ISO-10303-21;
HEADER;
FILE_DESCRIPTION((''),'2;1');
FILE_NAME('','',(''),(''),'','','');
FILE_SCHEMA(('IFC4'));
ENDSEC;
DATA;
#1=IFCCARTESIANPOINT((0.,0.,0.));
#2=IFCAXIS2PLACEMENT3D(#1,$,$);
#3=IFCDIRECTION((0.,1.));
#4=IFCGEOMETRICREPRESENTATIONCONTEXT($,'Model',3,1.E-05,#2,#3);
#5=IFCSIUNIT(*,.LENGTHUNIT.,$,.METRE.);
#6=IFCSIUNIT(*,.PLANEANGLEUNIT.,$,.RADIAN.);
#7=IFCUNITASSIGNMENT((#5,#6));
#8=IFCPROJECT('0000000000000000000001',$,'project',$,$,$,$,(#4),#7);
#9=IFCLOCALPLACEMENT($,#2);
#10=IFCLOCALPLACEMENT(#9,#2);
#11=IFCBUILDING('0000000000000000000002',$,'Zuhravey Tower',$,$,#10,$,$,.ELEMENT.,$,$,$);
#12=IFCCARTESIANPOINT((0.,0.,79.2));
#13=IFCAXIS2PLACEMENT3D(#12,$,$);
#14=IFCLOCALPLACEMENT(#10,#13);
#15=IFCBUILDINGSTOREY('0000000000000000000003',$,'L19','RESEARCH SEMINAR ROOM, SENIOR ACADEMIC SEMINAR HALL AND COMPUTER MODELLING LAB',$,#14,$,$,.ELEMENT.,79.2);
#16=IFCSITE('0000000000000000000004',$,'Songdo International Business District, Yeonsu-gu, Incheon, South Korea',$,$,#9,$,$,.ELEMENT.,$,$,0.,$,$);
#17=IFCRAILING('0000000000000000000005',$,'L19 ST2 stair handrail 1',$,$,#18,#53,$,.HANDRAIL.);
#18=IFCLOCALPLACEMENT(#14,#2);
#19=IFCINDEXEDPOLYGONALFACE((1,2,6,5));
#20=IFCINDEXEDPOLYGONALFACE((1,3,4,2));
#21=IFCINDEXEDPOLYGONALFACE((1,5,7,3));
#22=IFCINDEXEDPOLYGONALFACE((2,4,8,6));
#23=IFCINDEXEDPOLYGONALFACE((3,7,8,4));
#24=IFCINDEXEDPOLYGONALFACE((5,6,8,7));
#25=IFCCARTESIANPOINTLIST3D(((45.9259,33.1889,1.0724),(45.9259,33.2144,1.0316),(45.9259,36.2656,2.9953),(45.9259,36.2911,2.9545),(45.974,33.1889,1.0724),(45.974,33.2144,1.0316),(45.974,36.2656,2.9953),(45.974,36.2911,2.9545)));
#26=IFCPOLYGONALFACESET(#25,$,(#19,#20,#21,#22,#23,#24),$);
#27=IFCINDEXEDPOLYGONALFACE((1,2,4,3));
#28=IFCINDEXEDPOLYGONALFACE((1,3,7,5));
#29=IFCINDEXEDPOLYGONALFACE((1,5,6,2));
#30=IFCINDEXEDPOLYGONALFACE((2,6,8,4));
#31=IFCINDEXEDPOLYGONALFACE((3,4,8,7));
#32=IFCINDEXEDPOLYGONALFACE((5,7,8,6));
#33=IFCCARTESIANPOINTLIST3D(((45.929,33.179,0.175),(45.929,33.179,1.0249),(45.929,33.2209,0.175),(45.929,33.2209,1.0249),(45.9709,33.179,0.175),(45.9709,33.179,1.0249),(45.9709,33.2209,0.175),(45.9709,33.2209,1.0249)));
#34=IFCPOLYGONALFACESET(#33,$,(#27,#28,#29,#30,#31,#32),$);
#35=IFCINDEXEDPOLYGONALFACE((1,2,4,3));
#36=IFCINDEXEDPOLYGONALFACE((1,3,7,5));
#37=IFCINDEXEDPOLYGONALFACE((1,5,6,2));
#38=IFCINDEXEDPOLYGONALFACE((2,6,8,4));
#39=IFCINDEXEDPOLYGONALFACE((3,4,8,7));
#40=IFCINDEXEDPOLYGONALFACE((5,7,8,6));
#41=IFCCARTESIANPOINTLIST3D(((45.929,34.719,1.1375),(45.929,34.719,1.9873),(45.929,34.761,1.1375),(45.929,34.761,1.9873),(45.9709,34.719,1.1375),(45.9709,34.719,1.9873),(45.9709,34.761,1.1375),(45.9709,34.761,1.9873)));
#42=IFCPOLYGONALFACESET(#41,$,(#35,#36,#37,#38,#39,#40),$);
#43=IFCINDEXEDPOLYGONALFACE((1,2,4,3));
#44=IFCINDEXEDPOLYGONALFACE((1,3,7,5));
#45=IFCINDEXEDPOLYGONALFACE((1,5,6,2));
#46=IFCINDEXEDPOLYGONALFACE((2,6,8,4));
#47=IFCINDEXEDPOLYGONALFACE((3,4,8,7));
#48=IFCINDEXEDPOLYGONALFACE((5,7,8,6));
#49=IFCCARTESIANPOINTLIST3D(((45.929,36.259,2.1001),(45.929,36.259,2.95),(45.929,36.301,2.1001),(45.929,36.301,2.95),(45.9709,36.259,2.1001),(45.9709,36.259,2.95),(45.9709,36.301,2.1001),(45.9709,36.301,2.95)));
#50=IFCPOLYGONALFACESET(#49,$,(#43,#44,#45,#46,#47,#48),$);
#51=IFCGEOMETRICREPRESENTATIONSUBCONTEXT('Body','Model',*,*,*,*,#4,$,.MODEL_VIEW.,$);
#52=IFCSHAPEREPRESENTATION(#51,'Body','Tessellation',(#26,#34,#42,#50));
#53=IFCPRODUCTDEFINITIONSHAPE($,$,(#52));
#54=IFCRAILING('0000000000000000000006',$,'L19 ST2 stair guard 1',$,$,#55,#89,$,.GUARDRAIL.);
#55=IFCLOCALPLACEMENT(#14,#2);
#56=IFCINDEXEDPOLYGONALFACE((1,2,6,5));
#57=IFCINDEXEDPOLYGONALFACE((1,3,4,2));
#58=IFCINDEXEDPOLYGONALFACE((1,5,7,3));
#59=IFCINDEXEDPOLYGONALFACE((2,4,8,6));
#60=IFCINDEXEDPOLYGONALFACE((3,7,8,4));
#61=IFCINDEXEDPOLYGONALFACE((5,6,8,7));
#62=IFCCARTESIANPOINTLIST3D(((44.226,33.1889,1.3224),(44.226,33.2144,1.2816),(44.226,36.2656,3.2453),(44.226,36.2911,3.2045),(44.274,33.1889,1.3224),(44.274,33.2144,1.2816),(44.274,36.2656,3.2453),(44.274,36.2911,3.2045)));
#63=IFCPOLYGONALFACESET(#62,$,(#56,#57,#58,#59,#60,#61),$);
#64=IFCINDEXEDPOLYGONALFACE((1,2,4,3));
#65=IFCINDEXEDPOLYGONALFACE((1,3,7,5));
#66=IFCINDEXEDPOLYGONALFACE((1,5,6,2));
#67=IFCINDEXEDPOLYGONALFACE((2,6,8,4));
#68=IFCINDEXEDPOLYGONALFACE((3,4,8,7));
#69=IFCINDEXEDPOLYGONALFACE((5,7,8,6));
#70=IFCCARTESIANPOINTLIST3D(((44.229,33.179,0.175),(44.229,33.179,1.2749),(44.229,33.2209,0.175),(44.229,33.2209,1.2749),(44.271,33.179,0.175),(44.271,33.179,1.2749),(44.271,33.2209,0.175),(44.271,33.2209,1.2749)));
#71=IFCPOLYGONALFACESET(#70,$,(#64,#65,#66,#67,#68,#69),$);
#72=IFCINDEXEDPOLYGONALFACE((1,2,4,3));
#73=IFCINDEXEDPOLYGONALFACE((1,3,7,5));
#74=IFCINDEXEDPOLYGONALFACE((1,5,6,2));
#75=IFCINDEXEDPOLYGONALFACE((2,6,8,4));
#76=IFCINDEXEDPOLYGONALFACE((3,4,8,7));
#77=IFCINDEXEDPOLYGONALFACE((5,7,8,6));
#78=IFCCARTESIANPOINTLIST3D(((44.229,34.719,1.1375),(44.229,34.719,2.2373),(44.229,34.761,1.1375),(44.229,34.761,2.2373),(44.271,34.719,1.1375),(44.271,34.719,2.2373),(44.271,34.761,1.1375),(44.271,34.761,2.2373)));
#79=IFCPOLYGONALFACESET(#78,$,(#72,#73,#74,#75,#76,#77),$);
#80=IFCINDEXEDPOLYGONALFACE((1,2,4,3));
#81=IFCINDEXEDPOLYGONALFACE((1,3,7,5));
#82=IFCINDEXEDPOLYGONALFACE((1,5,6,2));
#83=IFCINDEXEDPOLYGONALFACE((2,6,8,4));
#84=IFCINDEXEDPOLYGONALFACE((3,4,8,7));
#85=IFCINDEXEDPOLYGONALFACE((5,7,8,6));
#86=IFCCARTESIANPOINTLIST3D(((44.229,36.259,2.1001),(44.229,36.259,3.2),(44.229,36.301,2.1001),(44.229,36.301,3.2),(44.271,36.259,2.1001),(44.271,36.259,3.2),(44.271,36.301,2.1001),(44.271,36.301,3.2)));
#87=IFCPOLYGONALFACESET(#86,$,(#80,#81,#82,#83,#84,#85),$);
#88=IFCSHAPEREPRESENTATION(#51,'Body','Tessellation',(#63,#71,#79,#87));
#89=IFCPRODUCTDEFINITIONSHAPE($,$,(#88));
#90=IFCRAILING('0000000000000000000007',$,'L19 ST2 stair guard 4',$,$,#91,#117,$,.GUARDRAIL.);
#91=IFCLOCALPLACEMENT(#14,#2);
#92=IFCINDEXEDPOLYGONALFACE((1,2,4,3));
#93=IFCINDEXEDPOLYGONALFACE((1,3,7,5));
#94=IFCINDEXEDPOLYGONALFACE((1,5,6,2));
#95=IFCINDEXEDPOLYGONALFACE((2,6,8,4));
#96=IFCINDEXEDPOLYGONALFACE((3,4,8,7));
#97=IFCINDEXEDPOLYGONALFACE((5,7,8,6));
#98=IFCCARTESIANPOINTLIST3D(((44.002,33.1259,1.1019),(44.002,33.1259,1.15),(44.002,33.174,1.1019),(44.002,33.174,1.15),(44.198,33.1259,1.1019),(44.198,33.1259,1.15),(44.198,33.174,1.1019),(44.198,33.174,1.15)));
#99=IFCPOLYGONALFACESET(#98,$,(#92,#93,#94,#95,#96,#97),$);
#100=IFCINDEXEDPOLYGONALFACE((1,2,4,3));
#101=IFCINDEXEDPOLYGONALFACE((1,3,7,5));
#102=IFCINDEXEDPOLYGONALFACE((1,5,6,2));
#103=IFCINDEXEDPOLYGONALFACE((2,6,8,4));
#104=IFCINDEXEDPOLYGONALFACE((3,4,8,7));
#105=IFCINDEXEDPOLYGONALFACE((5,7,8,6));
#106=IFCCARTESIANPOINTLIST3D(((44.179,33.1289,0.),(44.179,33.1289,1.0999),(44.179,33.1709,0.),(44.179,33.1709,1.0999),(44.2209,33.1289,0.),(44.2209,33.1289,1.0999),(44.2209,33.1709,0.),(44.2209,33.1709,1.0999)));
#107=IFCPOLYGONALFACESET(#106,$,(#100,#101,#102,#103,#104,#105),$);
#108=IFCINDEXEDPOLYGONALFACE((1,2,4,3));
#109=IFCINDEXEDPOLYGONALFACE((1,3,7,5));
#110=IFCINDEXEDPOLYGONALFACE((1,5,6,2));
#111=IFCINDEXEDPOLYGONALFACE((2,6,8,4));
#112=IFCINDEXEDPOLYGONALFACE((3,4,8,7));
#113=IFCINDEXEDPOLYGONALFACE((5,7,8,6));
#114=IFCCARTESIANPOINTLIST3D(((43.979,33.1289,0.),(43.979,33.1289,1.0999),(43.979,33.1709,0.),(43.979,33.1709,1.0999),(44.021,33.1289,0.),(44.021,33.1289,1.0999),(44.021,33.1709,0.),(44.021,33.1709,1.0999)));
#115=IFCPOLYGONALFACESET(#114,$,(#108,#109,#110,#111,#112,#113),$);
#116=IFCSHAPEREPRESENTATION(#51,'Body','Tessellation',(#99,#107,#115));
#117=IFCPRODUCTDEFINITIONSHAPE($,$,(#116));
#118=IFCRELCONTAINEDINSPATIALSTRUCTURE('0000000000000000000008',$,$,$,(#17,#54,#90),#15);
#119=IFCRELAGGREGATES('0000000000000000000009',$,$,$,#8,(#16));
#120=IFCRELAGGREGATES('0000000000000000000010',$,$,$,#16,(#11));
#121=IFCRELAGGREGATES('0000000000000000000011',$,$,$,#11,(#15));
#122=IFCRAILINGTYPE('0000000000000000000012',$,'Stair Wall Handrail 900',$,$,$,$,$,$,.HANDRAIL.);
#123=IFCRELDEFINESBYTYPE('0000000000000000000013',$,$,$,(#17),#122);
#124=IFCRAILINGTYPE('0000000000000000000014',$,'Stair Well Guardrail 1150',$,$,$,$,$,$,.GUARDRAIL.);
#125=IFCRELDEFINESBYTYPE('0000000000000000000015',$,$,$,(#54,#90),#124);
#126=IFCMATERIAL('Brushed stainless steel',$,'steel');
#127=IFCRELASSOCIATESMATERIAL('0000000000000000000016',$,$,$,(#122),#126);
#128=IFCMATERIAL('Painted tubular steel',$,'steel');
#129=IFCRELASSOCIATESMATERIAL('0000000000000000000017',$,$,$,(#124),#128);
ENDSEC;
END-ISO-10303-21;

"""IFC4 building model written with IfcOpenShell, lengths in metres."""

from ifc_helpers import new_model, si_unit, direction, frame, origin, origin_2d, place, context, subcontext, project, spatial, rectangle, extrude, material, type_object, element, save


model = new_model("IFC4")

# Units and contexts
model_context = context("Model", 3, precision=1e-05, world=origin(), true_north=direction((0.0, 1.0)))
body_context = subcontext(model_context, "Body", "Model", "MODEL_VIEW")
ifc_project = project(units=[si_unit("LENGTHUNIT", "METRE"), si_unit("PLANEANGLEUNIT", "RADIAN")], contexts=[model_context])

# Site, building, storey
site_placement = place(None, origin())
site = spatial("IfcSite", under=ifc_project, at=site_placement, Name="Songdo International Business District, Yeonsu-gu, Incheon, South Korea", CompositionType="ELEMENT", RefElevation=0.0)
building_placement = place(site_placement, origin())
building = spatial("IfcBuilding", under=site, at=building_placement, Name="Zuhravey Tower", CompositionType="ELEMENT")
storey_placement = place(building_placement, frame((0.0, 0.0, 79.2)))
storey = spatial("IfcBuildingStorey", under=building, at=storey_placement, Name="L19", Description="RESEARCH SEMINAR ROOM, SENIOR ACADEMIC SEMINAR HALL AND COMPUTER MODELLING LAB", CompositionType="ELEMENT", Elevation=79.2)

# Shared definitions
ifc_material_1 = material(Name="Brushed stainless steel", Category="steel")

# Railings
railing_type_1 = type_object("IfcRailingType", Name="Stair Wall Handrail 900", PredefinedType="HANDRAIL", material=ifc_material_1)
railing_1_placement = place(storey_placement, frame((45.95, 33.2, 0.175)))
element("IfcRailing", 1, at=railing_1_placement, inside=storey, type_object=railing_type_1, Name="L19 ST2 stair handrail 1", PredefinedType="HANDRAIL", context=body_context, shape_type="SweptSolid", body=[
    extrude(rectangle(XDim=0.0481, YDim=0.0481, at=origin_2d()), frame((0.0, 0.0017, 0.877), z_axis=(0.0, 0.847998, 0.529999), x_axis=(-1.0, 0.0, 0.0)), (0.0, 0.0, 1.0), 3.6282),
    extrude(rectangle(XDim=0.042, YDim=0.042, at=origin_2d()), origin(), (0.0, 0.0, 1.0), 0.8499),
    extrude(rectangle(XDim=0.042, YDim=0.042, at=origin_2d()), frame((0.0, 1.54, 0.9624)), (0.0, 0.0, 1.0), 0.8499),
    extrude(rectangle(XDim=0.042, YDim=0.042, at=origin_2d()), frame((0.0, 3.0801, 1.925)), (0.0, 0.0, 1.0), 0.8499),
])
ifc_material_2 = material(Name="Painted tubular steel", Category="steel")
railing_type_2 = type_object("IfcRailingType", Name="Stair Well Guardrail 1150", PredefinedType="GUARDRAIL", material=ifc_material_2)
railing_2_placement = place(storey_placement, frame((44.25, 33.2, 0.175)))
element("IfcRailing", 2, at=railing_2_placement, inside=storey, type_object=railing_type_2, Name="L19 ST2 stair guard 1", PredefinedType="GUARDRAIL", context=body_context, shape_type="SweptSolid", body=[
    extrude(rectangle(XDim=0.0481, YDim=0.0481, at=origin_2d()), frame((0.0, 0.0017, 1.127), z_axis=(0.0, 0.847998, 0.529999), x_axis=(-1.0, 0.0, 0.0)), (0.0, 0.0, 1.0), 3.6282),
    extrude(rectangle(XDim=0.042, YDim=0.042, at=origin_2d()), origin(), (0.0, 0.0, 1.0), 1.0999),
    extrude(rectangle(XDim=0.042, YDim=0.042, at=origin_2d()), frame((0.0, 1.54, 0.9624)), (0.0, 0.0, 1.0), 1.0999),
    extrude(rectangle(XDim=0.042, YDim=0.042, at=origin_2d()), frame((0.0, 3.0801, 1.925)), (0.0, 0.0, 1.0), 1.0999),
])
railing_3_placement = place(storey_placement, frame((44.2, 33.1499, 0.0)))
element("IfcRailing", 3, at=railing_3_placement, inside=storey, type_object=railing_type_2, Name="L19 ST2 stair guard 4", PredefinedType="GUARDRAIL", context=body_context, shape_type="SweptSolid", body=[
    extrude(rectangle(XDim=0.0481, YDim=0.0481, at=origin_2d()), frame((-0.002, 0.0, 1.126), z_axis=(-1.0, 0.0, 0.0), x_axis=(0.0, -1.0, 0.0)), (0.0, 0.0, 1.0), 0.196),
    extrude(rectangle(XDim=0.042, YDim=0.042, at=origin_2d()), origin(), (0.0, 0.0, 1.0), 1.0999),
    extrude(rectangle(XDim=0.042, YDim=0.042, at=origin_2d()), frame((-0.2, 0.0, 0.0)), (0.0, 0.0, 1.0), 1.0999),
])

save(model, "model.ifc")
